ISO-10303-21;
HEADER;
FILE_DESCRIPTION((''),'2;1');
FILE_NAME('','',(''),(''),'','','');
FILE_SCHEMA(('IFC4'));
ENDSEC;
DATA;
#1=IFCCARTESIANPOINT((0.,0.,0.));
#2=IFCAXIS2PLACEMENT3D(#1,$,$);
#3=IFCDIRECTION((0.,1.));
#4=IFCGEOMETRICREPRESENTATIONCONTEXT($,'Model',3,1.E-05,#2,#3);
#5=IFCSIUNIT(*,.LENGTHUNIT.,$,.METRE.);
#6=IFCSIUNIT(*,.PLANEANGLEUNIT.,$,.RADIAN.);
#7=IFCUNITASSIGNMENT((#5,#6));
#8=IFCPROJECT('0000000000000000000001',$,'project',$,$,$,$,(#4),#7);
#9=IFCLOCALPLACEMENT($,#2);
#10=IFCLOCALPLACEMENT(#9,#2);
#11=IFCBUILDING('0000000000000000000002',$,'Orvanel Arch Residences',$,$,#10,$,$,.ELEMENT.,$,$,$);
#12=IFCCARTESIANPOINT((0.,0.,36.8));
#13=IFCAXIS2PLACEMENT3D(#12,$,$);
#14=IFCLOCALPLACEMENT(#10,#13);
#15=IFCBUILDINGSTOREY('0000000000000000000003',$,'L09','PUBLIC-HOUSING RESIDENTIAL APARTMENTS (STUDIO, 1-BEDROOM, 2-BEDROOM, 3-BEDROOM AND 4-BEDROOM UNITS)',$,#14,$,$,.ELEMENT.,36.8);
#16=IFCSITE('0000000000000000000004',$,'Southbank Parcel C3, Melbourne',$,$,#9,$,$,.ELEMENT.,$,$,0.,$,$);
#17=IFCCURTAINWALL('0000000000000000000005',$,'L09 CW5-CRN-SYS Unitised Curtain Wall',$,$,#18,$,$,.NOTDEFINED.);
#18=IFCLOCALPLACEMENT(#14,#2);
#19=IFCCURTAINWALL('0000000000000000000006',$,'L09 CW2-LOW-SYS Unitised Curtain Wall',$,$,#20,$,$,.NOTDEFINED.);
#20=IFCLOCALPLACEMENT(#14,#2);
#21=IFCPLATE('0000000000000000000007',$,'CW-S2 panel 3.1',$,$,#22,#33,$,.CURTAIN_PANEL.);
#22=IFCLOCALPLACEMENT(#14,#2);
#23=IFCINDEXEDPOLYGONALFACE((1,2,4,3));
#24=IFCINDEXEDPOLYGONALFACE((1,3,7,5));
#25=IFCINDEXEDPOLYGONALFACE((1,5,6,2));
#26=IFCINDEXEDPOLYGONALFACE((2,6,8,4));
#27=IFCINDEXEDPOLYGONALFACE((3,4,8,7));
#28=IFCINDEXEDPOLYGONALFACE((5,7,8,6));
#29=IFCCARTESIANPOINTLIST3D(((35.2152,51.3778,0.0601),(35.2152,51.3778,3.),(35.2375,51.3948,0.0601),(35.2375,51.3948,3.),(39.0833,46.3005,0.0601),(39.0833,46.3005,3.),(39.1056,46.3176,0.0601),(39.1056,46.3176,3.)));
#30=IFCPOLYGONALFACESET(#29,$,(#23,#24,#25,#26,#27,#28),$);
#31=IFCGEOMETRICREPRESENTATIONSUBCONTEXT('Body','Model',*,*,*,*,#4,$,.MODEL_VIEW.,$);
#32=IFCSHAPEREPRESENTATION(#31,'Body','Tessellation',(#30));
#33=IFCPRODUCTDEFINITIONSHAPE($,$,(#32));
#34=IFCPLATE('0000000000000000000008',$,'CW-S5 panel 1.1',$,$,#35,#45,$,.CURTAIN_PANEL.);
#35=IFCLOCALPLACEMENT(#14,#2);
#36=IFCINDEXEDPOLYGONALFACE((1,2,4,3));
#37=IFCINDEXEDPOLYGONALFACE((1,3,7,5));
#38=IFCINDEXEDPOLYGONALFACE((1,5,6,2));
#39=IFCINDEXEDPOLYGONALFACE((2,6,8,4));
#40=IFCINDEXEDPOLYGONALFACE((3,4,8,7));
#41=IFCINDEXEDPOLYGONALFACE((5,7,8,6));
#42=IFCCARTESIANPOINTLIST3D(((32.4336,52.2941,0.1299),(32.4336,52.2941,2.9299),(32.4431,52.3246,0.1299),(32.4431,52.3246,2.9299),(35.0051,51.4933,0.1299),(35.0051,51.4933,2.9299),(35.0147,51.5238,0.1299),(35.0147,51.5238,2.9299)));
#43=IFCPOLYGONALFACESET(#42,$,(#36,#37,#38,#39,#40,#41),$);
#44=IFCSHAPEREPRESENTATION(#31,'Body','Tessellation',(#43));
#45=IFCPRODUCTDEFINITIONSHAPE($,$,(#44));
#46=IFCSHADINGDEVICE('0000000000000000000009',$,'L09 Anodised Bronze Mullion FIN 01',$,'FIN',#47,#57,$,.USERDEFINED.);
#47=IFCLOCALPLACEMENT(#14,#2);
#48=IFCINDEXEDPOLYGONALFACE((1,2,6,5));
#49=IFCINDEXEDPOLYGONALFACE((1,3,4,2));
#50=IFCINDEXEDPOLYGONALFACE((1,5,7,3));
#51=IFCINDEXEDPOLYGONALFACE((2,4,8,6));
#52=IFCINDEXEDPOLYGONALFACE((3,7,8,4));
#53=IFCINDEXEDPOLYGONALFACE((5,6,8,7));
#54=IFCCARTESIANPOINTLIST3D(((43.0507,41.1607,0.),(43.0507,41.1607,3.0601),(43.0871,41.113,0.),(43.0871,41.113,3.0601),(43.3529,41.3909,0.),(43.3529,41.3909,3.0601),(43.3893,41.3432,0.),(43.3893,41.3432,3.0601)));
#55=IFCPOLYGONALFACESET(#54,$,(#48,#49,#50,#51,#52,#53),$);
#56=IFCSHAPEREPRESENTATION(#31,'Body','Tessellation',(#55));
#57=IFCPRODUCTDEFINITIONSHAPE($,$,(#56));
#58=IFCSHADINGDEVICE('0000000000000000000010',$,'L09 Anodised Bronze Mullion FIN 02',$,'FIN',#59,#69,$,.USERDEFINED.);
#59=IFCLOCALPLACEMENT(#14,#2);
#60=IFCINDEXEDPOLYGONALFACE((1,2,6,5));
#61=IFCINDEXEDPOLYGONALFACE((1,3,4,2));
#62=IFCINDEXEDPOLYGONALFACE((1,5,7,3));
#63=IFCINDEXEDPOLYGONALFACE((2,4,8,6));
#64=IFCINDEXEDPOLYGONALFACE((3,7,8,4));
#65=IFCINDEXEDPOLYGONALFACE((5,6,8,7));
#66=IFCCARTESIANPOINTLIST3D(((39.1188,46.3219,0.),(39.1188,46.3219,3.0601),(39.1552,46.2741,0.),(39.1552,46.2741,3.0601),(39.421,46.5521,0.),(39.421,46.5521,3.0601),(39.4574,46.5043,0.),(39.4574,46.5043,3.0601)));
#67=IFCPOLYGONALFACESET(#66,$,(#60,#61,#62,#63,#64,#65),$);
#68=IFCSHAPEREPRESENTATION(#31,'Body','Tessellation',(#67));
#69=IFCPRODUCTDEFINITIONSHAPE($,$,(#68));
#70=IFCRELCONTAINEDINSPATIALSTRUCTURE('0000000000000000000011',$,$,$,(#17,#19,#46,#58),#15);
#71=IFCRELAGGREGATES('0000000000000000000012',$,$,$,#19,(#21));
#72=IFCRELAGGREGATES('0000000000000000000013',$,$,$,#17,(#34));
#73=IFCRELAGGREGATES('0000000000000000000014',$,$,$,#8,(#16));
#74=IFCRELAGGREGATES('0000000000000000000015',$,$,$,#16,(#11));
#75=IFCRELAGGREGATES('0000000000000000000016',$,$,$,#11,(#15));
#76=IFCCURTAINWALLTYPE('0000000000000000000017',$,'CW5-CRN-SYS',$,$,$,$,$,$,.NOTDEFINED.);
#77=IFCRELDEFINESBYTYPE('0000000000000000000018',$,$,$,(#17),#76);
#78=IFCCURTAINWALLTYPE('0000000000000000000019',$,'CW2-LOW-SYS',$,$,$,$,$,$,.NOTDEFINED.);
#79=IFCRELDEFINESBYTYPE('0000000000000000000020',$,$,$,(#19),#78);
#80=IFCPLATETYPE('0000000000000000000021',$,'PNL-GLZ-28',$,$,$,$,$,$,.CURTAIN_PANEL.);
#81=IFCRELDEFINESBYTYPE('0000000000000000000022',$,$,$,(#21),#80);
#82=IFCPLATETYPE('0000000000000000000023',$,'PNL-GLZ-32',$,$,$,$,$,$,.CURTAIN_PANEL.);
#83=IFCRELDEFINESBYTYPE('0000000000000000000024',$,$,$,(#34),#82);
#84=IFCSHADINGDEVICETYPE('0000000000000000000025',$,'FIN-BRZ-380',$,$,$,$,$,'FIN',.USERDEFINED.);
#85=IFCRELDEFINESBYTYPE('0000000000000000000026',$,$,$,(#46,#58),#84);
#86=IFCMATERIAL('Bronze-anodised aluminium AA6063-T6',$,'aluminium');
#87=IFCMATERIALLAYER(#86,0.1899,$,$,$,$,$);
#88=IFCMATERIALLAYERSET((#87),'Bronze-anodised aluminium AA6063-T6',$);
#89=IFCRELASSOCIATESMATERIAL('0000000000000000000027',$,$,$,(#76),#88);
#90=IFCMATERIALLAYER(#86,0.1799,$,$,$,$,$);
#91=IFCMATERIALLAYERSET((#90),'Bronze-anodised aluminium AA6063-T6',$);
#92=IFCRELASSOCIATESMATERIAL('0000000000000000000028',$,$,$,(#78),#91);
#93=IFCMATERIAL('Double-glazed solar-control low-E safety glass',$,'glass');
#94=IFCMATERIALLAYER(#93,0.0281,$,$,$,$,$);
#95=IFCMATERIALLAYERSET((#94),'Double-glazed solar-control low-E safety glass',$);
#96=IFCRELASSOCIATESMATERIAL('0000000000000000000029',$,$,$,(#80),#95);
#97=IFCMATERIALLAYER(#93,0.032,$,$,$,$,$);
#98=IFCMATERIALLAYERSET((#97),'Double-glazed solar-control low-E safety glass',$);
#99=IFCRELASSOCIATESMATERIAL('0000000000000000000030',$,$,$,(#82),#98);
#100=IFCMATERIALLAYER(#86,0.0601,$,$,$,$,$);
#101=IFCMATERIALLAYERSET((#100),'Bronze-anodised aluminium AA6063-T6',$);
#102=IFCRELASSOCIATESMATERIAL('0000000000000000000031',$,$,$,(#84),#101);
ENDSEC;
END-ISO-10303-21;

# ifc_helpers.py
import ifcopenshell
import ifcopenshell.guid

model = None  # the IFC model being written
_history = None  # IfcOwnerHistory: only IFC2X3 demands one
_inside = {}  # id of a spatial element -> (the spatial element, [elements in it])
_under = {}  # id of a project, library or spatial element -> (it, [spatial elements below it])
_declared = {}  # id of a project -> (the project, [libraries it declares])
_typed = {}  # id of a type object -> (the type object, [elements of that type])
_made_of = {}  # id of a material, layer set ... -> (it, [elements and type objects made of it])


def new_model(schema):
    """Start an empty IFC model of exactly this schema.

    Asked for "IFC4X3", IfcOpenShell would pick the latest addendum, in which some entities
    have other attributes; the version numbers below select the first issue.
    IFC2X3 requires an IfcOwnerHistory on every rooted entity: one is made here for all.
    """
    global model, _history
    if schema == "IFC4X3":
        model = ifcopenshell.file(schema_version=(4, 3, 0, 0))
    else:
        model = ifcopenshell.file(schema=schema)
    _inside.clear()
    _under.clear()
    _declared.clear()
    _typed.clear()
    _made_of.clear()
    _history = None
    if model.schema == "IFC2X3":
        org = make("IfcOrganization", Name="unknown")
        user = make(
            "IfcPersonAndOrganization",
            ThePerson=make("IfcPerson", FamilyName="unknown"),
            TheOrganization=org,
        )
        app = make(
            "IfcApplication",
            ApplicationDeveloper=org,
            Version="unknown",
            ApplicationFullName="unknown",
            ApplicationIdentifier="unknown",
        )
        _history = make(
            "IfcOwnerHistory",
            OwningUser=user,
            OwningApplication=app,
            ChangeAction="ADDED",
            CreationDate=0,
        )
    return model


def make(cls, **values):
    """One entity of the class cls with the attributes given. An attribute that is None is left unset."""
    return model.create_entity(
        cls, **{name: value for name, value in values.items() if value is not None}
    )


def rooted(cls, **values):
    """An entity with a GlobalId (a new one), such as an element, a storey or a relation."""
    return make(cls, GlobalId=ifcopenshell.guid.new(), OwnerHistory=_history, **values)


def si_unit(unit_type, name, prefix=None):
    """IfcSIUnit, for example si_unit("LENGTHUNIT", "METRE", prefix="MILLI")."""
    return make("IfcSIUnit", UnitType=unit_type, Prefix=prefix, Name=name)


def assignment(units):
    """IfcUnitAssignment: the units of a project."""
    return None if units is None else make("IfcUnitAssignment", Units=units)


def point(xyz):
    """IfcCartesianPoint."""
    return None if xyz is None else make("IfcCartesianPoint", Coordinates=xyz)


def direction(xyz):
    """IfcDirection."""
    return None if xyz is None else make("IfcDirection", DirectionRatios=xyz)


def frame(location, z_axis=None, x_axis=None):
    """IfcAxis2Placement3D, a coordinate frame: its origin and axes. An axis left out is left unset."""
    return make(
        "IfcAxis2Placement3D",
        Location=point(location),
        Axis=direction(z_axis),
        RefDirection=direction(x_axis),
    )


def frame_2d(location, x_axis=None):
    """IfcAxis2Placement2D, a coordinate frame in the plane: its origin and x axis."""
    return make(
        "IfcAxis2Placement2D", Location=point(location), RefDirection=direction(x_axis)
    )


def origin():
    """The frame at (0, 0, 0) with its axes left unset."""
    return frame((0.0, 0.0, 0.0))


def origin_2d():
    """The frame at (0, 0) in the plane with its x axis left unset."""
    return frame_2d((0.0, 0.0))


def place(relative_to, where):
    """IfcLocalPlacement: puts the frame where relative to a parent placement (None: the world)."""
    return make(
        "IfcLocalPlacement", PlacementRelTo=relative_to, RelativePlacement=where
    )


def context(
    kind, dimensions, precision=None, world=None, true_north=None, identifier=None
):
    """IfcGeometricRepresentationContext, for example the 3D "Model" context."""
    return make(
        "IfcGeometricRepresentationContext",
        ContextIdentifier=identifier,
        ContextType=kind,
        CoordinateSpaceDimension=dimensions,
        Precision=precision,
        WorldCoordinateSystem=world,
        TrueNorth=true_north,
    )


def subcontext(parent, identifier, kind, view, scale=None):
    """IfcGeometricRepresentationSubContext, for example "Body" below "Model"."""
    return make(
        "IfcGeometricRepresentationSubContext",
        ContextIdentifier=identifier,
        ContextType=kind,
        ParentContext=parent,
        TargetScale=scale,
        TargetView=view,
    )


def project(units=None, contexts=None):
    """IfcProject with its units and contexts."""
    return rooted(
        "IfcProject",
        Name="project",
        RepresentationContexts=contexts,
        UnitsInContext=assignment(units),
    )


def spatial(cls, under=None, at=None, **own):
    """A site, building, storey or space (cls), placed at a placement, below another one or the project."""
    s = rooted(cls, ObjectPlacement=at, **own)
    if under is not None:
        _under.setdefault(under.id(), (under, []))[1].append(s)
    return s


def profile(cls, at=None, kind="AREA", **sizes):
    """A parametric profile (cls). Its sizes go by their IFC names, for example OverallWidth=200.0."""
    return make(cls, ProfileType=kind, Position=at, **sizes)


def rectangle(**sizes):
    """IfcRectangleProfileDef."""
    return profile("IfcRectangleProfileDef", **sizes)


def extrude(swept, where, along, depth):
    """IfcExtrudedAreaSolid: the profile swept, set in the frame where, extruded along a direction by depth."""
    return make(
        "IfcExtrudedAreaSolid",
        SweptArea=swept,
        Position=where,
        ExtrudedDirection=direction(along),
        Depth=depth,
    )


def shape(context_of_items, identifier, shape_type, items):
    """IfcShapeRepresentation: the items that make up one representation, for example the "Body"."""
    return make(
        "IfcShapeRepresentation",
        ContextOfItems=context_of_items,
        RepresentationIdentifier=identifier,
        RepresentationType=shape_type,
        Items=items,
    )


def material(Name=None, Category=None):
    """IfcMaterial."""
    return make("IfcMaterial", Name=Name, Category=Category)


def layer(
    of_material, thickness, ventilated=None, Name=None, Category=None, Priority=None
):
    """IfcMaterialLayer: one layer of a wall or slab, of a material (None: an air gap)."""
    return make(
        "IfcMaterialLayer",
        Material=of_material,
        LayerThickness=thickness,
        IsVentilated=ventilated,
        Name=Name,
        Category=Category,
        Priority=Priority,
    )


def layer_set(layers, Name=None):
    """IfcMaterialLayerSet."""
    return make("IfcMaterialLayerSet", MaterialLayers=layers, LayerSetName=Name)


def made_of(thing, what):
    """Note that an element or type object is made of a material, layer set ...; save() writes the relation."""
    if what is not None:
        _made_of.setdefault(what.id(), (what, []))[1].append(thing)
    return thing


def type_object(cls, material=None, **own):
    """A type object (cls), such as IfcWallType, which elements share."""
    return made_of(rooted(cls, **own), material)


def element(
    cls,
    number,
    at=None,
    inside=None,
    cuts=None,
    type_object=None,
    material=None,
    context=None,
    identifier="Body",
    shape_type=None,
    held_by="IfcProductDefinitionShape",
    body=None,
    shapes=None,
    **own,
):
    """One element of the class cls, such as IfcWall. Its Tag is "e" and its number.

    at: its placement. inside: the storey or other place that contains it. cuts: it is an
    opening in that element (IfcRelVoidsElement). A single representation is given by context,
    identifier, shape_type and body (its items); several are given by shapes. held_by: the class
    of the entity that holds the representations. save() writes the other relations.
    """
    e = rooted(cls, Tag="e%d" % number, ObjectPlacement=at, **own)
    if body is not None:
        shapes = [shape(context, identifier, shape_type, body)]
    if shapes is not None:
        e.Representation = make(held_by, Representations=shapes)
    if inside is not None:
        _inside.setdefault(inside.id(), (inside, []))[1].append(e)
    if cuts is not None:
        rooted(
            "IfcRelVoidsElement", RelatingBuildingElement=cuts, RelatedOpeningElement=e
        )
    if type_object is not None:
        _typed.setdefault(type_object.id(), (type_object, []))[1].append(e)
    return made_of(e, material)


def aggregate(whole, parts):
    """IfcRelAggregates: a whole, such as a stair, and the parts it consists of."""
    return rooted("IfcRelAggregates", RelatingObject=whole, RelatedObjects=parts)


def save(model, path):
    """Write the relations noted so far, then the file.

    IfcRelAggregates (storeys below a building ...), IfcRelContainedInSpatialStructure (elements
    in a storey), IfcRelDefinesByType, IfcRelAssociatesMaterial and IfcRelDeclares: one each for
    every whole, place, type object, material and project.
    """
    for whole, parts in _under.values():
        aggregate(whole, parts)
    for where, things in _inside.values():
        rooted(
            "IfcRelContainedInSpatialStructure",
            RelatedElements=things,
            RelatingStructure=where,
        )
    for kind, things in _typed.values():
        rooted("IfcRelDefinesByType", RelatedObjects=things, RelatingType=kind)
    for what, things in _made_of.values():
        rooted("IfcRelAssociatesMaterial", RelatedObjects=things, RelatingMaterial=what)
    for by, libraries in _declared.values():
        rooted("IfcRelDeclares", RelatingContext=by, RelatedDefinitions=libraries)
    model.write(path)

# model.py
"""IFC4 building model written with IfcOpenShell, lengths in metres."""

from ifc_helpers import new_model, si_unit, direction, frame, origin, origin_2d, place, context, subcontext, project, spatial, rectangle, extrude, material, layer, layer_set, type_object, element, aggregate, save


model = new_model("IFC4")

# Units and contexts
model_context = context("Model", 3, precision=1e-05, world=origin(), true_north=direction((0.0, 1.0)))
body_context = subcontext(model_context, "Body", "Model", "MODEL_VIEW")
ifc_project = project(units=[si_unit("LENGTHUNIT", "METRE"), si_unit("PLANEANGLEUNIT", "RADIAN")], contexts=[model_context])

# Site, building, storey
site_placement = place(None, origin())
site = spatial("IfcSite", under=ifc_project, at=site_placement, Name="Southbank Parcel C3, Melbourne", CompositionType="ELEMENT", RefElevation=0.0)
building_placement = place(site_placement, origin())
building = spatial("IfcBuilding", under=site, at=building_placement, Name="Orvanel Arch Residences", CompositionType="ELEMENT")
storey_placement = place(building_placement, frame((0.0, 0.0, 36.8)))
storey = spatial("IfcBuildingStorey", under=building, at=storey_placement, Name="L09", Description="PUBLIC-HOUSING RESIDENTIAL APARTMENTS (STUDIO, 1-BEDROOM, 2-BEDROOM, 3-BEDROOM AND 4-BEDROOM UNITS)", CompositionType="ELEMENT", Elevation=36.8)

# Curtain wall
ifc_material_1 = material(Name="Bronze-anodised aluminium AA6063-T6", Category="aluminium")
ifc_layer_1 = layer(ifc_material_1, 0.1899)
ifc_layer_set_1 = layer_set([ifc_layer_1], Name="Bronze-anodised aluminium AA6063-T6")
curtain_wall_type_1 = type_object("IfcCurtainWallType", Name="CW5-CRN-SYS", PredefinedType="NOTDEFINED", material=ifc_layer_set_1)
curtain_wall_1_placement = place(storey_placement, origin())
curtain_wall_1 = element("IfcCurtainWall", 1, at=curtain_wall_1_placement, inside=storey, type_object=curtain_wall_type_1, Name="L09 CW5-CRN-SYS Unitised Curtain Wall", PredefinedType="NOTDEFINED")

# Curtain wall
ifc_layer_2 = layer(ifc_material_1, 0.1799)
ifc_layer_set_2 = layer_set([ifc_layer_2], Name="Bronze-anodised aluminium AA6063-T6")
curtain_wall_type_2 = type_object("IfcCurtainWallType", Name="CW2-LOW-SYS", PredefinedType="NOTDEFINED", material=ifc_layer_set_2)
curtain_wall_2_placement = place(storey_placement, origin())
curtain_wall_2 = element("IfcCurtainWall", 2, at=curtain_wall_2_placement, inside=storey, type_object=curtain_wall_type_2, Name="L09 CW2-LOW-SYS Unitised Curtain Wall", PredefinedType="NOTDEFINED")

# Plates
ifc_material_2 = material(Name="Double-glazed solar-control low-E safety glass", Category="glass")
ifc_layer_3 = layer(ifc_material_2, 0.0281)
ifc_layer_set_3 = layer_set([ifc_layer_3], Name="Double-glazed solar-control low-E safety glass")
plate_type_1 = type_object("IfcPlateType", Name="PNL-GLZ-28", PredefinedType="CURTAIN_PANEL", material=ifc_layer_set_3)
plate_1_placement = place(storey_placement, frame((37.1604, 48.8477, 0.0601), z_axis=(0.0, 0.0, 1.0), x_axis=(-0.606017, 0.795452, 0.0)))
plate_1 = element("IfcPlate", 3, at=plate_1_placement, type_object=plate_type_1, Name="CW-S2 panel 3.1", PredefinedType="CURTAIN_PANEL", context=body_context, shape_type="SweptSolid", body=[
    extrude(rectangle(XDim=6.3828, YDim=0.0281, at=origin_2d()), origin(), (0.0, 0.0, 1.0), 2.9399),
])
aggregate(curtain_wall_2, [plate_1])
ifc_layer_4 = layer(ifc_material_2, 0.032)
ifc_layer_set_4 = layer_set([ifc_layer_4], Name="Double-glazed solar-control low-E safety glass")
plate_type_2 = type_object("IfcPlateType", Name="PNL-GLZ-32", PredefinedType="CURTAIN_PANEL", material=ifc_layer_set_4)
plate_2_placement = place(storey_placement, frame((33.7241, 51.9089, 0.1299), z_axis=(0.0, 0.0, 1.0), x_axis=(-0.954777, 0.297324, 0.0)))
plate_2 = element("IfcPlate", 4, at=plate_2_placement, type_object=plate_type_2, Name="CW-S5 panel 1.1", PredefinedType="CURTAIN_PANEL", context=body_context, shape_type="SweptSolid", body=[
    extrude(rectangle(XDim=2.6934, YDim=0.032, at=origin_2d()), origin(), (0.0, 0.0, 1.0), 2.8),
])
aggregate(curtain_wall_1, [plate_2])

# Shading devices
ifc_layer_5 = layer(ifc_material_1, 0.0601)
ifc_layer_set_5 = layer_set([ifc_layer_5], Name="Bronze-anodised aluminium AA6063-T6")
shading_device_type = type_object("IfcShadingDeviceType", Name="FIN-BRZ-380", ElementType="FIN", PredefinedType="USERDEFINED", material=ifc_layer_set_5)
for number, where, z_axis, x_axis, name in (
    (5, (43.22, 41.252, 0.0), (0.0, 0.0, 1.0), (0.795473, 0.605988, 0.0), "L09 Anodised Bronze Mullion FIN 01"),
    (6, (39.2881, 46.4131, 0.0), (0.0, 0.0, 1.0), (0.795473, 0.605988, 0.0), "L09 Anodised Bronze Mullion FIN 02"),
):
    element("IfcShadingDevice", number, at=place(storey_placement, frame(where, z_axis=z_axis, x_axis=x_axis)), inside=storey, type_object=shading_device_type, Name=name, ObjectType="FIN", PredefinedType="USERDEFINED", context=body_context, shape_type="SweptSolid", body=[
        extrude(rectangle(XDim=0.3799, YDim=0.0601, at=origin_2d()), origin(), (0.0, 0.0, 1.0), 3.0601),
    ])

save(model, "model.ifc")
